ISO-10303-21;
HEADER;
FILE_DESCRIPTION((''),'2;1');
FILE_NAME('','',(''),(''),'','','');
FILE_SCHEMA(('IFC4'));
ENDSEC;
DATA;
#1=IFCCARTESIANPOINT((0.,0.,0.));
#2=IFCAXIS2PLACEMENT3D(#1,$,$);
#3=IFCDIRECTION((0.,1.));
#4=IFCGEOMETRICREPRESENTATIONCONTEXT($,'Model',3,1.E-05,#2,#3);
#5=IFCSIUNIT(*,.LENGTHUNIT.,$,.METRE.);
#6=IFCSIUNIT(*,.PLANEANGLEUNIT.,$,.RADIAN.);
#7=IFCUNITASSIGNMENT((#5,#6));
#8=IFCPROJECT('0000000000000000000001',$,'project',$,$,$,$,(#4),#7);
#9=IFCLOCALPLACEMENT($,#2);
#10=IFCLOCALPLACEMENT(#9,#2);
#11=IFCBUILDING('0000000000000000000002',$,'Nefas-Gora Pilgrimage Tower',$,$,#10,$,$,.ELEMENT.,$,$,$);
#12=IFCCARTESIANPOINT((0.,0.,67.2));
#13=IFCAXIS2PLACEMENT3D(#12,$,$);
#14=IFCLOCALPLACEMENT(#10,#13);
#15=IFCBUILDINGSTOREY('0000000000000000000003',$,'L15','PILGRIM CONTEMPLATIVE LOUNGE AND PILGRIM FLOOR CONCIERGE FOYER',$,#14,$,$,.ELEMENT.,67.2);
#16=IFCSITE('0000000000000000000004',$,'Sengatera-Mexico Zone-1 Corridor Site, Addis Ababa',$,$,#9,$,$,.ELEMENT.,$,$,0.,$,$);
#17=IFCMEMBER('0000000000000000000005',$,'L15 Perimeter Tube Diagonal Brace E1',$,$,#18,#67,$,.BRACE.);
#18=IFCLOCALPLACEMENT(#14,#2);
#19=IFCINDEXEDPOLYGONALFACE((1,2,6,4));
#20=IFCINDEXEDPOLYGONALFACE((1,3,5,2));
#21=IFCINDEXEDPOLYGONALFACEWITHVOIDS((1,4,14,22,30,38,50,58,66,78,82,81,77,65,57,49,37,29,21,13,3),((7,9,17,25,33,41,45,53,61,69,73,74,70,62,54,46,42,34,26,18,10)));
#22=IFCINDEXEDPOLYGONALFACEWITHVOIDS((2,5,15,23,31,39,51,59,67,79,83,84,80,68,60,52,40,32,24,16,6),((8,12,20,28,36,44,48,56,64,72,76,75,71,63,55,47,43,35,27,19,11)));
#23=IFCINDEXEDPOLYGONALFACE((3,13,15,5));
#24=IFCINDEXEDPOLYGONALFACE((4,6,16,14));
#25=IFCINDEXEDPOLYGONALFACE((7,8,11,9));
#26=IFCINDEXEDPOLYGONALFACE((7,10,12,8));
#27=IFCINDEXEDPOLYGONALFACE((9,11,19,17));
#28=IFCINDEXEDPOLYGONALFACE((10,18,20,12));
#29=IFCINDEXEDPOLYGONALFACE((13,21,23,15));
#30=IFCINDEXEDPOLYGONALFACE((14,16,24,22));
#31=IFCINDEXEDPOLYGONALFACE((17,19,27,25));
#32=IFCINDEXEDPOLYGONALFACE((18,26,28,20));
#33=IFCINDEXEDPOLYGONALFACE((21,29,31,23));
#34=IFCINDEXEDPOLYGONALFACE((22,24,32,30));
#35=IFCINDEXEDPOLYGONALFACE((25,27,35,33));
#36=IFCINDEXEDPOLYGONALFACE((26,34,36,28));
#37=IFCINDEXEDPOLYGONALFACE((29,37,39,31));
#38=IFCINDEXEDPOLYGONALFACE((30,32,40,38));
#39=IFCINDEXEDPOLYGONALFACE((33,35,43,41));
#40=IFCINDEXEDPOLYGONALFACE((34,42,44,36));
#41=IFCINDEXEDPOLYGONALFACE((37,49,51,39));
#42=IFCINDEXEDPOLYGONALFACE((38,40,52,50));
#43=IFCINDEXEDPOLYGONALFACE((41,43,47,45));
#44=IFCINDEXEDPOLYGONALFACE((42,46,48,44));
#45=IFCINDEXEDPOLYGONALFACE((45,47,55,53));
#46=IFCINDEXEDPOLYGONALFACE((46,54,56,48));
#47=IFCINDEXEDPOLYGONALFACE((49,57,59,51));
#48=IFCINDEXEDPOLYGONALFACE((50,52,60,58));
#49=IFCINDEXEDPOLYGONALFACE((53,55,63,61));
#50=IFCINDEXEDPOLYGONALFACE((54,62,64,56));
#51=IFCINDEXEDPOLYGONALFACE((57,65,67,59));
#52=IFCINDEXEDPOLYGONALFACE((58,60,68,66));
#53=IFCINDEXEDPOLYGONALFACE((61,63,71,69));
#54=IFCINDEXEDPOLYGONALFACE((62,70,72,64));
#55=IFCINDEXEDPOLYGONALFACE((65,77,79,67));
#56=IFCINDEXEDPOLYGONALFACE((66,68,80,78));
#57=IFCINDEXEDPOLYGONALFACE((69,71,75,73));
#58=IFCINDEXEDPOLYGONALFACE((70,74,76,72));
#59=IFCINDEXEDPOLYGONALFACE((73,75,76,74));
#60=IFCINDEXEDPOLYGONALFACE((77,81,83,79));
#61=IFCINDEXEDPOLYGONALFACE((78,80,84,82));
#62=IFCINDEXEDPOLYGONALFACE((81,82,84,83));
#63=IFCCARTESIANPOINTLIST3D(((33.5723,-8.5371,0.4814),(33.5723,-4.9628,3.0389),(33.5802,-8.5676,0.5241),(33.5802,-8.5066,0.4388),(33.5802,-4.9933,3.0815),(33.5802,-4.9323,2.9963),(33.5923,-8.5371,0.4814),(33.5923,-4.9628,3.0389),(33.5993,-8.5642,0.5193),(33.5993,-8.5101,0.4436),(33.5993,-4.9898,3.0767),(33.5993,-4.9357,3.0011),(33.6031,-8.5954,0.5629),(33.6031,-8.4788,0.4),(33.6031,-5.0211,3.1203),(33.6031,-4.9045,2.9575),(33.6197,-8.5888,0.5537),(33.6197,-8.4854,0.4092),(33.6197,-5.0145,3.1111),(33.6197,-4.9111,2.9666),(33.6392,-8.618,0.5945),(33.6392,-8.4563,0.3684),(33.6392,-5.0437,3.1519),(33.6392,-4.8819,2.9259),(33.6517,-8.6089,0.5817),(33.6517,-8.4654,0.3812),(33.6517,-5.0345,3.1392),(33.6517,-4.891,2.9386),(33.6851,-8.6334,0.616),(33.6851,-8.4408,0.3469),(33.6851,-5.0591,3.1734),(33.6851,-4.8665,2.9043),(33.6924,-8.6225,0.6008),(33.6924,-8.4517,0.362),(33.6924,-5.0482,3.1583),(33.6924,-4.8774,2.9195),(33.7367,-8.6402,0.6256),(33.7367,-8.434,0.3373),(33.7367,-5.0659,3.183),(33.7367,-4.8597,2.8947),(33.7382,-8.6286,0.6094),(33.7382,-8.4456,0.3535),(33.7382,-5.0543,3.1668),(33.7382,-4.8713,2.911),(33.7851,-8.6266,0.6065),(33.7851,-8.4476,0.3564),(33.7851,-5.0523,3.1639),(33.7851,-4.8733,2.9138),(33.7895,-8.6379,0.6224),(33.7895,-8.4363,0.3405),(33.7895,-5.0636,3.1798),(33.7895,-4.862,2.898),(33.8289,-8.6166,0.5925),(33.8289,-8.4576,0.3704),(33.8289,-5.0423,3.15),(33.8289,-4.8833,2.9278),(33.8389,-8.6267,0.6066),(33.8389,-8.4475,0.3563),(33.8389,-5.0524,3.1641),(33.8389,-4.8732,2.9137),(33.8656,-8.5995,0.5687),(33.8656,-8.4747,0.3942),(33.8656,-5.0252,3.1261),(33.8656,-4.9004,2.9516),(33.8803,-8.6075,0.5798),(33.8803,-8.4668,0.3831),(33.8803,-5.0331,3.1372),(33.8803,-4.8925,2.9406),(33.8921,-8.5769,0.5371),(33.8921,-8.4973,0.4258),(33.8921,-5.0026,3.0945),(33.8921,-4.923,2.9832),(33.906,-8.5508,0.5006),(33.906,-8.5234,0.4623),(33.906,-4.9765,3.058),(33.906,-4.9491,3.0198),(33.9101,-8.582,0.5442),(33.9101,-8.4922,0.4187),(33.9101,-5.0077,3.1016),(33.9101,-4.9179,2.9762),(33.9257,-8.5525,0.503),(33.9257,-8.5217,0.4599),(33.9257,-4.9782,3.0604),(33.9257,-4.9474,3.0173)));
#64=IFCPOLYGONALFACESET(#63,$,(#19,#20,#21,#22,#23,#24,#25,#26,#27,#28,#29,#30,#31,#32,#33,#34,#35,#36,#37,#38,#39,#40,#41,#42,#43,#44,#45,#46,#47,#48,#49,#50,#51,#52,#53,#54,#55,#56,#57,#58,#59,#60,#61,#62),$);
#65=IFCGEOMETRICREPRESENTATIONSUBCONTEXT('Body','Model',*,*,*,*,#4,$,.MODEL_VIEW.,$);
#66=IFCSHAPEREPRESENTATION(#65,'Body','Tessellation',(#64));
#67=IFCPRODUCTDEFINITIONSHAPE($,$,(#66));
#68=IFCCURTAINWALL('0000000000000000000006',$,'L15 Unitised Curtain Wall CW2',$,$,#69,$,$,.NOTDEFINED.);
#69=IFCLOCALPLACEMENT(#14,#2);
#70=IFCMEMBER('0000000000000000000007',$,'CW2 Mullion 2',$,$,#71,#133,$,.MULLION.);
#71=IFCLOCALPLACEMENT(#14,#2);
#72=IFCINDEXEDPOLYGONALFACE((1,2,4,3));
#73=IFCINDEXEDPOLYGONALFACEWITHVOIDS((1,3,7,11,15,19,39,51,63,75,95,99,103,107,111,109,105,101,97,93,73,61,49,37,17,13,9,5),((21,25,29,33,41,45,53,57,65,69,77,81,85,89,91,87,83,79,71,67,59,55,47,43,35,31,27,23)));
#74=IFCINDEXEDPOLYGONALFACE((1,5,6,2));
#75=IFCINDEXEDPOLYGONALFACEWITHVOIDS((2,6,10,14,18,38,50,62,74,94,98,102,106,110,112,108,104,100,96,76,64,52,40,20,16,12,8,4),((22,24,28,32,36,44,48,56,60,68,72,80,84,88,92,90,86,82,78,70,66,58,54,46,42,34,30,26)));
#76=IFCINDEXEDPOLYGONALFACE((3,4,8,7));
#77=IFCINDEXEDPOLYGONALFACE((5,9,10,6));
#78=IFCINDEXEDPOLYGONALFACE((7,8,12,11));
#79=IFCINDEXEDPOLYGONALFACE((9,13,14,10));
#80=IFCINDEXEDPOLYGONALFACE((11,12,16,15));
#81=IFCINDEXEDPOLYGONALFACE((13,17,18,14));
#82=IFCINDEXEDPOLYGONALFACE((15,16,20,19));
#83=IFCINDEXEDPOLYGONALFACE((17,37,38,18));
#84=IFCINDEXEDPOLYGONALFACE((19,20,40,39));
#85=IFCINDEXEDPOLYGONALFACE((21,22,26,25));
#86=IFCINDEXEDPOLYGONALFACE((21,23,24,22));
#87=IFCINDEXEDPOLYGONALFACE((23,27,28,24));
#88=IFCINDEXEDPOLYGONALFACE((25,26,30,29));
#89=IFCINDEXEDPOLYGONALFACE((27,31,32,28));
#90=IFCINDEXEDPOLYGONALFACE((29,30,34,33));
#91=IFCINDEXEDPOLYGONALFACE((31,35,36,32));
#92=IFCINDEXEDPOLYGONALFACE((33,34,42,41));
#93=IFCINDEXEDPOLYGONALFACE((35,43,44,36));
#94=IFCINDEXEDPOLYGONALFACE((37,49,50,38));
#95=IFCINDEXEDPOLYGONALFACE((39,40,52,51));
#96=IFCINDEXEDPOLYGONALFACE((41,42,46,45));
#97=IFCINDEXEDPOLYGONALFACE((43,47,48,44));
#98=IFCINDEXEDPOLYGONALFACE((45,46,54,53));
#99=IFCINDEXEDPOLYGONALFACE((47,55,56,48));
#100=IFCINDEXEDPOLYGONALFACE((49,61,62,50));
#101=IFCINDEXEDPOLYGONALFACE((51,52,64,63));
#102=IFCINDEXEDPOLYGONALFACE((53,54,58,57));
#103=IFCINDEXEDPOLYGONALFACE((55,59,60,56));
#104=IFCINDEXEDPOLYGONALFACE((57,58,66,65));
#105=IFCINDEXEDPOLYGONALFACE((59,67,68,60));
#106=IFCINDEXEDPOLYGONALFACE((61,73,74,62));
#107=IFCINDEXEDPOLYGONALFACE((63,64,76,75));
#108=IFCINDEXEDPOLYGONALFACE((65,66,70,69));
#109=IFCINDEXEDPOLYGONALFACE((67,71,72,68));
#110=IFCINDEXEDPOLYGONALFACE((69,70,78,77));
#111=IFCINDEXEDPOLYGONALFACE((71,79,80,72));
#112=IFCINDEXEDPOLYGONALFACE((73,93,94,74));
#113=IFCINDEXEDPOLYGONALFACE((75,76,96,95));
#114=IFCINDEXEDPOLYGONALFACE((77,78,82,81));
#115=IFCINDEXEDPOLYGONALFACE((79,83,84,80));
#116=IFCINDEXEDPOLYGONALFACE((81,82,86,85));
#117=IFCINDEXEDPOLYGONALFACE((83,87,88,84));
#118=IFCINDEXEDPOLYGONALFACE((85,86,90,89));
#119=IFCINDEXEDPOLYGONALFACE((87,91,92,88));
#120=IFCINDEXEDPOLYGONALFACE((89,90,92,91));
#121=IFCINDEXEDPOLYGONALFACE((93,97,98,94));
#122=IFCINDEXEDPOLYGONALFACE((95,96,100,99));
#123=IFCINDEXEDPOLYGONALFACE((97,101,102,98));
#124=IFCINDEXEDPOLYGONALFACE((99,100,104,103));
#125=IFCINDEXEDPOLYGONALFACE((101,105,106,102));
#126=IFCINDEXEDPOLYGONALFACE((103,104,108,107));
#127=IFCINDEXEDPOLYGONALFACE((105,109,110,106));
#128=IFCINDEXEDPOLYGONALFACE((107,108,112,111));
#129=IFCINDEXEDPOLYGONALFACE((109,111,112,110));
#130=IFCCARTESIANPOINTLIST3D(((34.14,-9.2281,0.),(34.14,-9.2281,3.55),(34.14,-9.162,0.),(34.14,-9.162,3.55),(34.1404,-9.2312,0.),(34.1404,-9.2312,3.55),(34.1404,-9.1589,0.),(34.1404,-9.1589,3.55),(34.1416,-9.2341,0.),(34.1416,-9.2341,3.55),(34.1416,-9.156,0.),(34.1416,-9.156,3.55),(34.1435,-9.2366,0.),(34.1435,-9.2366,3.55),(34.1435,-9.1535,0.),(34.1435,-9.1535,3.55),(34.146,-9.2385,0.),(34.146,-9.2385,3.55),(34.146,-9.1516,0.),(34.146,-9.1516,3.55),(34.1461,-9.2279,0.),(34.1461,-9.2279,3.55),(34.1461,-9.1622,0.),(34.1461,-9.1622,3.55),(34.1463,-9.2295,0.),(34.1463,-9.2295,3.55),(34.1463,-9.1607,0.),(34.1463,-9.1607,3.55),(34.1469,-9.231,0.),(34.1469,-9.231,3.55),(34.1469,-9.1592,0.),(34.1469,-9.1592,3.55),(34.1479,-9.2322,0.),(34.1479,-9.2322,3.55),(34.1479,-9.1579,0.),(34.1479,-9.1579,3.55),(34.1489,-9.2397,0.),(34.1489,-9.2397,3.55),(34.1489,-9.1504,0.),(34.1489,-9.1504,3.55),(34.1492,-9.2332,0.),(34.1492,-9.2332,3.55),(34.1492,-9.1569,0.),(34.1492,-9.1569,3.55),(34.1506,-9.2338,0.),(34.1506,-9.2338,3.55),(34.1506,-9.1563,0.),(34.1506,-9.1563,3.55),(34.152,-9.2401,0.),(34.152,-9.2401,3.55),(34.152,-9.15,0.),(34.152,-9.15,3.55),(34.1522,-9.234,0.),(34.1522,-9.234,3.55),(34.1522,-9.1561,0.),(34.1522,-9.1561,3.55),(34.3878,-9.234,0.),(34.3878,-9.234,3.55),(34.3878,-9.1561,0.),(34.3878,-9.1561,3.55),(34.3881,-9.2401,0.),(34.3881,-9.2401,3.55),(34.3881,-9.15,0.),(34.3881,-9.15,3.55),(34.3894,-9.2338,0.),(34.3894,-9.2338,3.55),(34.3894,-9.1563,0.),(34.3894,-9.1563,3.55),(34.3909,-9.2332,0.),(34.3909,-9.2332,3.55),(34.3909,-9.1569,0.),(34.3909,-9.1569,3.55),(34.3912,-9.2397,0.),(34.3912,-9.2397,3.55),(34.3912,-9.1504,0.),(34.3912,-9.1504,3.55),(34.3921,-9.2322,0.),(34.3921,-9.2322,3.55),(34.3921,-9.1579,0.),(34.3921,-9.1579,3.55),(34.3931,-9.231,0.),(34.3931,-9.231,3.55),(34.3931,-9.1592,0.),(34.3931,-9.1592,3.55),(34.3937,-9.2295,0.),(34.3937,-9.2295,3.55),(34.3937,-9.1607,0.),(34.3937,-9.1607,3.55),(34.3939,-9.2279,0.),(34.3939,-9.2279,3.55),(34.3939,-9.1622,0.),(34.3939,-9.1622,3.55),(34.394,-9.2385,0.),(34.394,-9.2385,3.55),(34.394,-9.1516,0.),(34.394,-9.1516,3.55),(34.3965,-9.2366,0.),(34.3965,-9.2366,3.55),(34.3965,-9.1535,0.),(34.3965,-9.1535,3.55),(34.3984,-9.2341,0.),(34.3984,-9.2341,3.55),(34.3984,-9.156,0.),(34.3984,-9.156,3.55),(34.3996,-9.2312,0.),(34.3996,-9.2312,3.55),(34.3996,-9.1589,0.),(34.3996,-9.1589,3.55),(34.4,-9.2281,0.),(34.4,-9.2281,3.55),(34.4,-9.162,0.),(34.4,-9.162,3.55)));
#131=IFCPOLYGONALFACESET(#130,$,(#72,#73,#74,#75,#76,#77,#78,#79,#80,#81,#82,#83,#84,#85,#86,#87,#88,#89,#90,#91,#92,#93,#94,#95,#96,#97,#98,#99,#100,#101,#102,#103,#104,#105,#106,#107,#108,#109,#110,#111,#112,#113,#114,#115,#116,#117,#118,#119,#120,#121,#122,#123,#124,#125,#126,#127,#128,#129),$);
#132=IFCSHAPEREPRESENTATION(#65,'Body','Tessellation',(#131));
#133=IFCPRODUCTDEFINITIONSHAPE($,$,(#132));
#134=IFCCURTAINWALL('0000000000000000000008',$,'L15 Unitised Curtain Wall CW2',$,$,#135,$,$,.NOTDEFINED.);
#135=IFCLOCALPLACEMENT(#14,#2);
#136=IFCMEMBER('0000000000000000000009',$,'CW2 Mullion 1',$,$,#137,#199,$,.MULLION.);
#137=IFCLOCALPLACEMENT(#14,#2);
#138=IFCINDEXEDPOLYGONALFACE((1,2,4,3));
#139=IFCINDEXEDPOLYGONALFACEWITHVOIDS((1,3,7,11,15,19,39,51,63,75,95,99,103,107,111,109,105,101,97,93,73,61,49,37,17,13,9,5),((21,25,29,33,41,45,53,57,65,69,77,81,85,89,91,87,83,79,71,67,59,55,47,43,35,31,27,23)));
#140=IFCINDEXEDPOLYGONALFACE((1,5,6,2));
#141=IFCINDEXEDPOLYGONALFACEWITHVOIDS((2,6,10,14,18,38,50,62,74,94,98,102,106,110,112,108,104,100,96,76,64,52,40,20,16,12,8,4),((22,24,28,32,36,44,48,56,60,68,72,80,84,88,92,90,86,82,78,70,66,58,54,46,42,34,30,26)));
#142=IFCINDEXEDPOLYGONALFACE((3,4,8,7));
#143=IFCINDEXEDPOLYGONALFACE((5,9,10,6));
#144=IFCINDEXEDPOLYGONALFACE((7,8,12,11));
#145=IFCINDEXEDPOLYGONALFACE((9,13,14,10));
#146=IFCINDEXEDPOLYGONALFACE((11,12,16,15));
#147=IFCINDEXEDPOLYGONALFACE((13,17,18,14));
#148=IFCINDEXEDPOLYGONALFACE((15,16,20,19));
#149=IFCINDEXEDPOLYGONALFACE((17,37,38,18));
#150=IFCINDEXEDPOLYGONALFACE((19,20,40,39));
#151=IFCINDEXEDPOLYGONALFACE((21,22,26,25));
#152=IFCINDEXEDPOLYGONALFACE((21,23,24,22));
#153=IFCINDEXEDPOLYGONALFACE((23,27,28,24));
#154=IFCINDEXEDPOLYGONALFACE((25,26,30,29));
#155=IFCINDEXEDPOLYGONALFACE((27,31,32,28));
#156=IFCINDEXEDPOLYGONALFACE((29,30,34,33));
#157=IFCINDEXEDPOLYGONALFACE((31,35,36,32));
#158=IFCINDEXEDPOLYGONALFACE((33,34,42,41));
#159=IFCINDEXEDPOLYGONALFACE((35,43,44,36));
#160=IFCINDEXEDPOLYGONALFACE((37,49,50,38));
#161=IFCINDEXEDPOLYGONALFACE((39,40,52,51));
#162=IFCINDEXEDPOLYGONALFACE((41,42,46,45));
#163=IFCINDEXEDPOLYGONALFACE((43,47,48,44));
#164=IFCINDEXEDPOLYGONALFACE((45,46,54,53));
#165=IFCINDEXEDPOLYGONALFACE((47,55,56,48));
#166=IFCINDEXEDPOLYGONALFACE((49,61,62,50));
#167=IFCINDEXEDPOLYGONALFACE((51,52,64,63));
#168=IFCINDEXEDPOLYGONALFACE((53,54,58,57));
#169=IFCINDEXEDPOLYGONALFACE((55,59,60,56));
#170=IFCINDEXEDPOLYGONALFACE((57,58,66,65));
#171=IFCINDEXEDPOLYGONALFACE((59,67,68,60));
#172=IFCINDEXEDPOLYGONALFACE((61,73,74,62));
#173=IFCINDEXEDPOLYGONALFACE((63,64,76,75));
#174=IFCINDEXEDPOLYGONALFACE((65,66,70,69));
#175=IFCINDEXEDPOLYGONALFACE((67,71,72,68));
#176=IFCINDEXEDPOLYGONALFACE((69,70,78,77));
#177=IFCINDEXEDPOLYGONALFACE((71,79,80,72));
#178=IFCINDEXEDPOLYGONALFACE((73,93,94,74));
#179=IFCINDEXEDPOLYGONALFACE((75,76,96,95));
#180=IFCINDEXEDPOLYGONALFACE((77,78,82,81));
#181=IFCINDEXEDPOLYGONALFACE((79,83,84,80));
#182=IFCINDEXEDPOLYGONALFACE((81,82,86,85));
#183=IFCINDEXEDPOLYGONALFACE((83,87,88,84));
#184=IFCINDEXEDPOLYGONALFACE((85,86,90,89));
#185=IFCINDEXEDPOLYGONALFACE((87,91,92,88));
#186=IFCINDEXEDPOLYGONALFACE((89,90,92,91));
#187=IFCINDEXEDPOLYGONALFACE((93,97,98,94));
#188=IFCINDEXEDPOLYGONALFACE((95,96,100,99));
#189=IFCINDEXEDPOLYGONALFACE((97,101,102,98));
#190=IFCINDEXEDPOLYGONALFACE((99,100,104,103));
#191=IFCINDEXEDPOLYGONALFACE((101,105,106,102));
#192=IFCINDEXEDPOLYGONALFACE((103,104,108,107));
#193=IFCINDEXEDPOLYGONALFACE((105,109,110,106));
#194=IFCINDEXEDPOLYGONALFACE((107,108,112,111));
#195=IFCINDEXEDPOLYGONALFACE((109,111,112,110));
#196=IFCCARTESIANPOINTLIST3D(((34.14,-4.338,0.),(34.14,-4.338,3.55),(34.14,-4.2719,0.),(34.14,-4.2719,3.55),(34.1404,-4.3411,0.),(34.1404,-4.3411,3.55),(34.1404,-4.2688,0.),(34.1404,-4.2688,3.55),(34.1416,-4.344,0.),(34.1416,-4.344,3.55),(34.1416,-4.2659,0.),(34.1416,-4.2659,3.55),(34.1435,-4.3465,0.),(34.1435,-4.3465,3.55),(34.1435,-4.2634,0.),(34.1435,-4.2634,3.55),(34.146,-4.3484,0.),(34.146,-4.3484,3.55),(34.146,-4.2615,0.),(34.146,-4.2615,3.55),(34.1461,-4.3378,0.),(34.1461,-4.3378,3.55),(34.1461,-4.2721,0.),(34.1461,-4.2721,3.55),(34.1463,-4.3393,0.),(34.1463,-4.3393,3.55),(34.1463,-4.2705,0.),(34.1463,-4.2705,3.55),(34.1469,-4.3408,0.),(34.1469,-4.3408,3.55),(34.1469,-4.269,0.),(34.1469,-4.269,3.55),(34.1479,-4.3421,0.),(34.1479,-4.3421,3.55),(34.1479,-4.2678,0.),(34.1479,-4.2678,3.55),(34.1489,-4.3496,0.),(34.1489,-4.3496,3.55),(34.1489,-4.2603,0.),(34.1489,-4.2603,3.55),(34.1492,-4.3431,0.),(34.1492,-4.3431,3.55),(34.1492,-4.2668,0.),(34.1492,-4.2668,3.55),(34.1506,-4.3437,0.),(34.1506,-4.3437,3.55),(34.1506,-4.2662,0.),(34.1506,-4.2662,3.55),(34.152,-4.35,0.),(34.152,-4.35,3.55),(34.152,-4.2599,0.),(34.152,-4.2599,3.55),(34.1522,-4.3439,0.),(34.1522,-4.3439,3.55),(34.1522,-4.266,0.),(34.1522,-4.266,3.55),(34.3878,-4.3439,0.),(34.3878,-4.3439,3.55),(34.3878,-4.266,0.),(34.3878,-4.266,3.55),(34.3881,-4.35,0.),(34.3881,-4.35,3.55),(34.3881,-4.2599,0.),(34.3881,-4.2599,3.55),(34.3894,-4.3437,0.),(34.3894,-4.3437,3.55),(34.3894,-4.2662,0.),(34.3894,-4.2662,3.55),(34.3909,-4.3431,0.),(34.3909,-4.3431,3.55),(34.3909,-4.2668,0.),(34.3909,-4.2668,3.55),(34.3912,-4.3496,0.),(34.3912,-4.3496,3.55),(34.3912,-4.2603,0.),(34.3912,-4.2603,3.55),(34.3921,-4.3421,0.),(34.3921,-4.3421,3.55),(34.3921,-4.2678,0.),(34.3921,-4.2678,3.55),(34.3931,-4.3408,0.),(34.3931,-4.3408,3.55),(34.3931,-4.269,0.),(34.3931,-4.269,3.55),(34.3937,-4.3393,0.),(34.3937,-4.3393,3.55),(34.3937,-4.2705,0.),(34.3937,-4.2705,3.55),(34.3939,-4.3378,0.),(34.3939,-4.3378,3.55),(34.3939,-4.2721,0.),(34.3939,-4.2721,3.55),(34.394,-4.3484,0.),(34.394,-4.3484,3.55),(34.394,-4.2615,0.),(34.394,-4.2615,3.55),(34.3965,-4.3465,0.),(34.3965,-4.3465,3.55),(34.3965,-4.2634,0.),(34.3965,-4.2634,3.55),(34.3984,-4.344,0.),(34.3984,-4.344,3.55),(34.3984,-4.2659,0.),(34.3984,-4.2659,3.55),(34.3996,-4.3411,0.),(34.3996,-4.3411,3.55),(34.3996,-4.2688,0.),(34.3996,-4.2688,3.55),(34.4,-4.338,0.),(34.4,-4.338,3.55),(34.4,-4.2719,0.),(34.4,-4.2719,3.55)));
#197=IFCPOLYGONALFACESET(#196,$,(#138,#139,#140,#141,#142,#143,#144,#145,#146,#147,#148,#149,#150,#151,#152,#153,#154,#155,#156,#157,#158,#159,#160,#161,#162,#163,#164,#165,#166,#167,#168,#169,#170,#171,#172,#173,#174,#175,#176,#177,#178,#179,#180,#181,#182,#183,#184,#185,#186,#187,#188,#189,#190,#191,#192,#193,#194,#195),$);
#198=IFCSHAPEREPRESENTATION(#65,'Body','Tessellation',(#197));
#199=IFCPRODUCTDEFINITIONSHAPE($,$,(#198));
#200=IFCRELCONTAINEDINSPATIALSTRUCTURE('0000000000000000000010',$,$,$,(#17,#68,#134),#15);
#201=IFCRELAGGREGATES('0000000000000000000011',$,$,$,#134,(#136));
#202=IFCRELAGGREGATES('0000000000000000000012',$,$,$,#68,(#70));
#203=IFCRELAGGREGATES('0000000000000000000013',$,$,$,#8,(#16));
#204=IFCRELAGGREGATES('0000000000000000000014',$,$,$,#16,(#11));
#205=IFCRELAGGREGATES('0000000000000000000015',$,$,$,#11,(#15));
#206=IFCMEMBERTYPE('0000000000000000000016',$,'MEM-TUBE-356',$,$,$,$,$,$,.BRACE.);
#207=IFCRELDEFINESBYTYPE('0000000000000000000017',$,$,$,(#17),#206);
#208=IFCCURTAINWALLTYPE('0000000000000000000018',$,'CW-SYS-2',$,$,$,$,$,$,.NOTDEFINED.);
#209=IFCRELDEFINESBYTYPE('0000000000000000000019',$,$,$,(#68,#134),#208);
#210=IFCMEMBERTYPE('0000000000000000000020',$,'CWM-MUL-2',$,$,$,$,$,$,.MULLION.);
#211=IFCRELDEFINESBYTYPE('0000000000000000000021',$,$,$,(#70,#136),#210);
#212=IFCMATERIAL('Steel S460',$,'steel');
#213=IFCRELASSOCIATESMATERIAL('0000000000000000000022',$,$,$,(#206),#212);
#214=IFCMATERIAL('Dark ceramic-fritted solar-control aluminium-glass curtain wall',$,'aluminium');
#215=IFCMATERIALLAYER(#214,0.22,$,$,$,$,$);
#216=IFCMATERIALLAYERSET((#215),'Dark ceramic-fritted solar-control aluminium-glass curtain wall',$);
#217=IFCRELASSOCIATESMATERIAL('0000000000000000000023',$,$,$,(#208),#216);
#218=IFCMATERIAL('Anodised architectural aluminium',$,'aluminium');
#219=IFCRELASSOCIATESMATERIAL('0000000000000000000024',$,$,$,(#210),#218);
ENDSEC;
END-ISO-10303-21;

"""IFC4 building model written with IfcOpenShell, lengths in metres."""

from ifc_helpers import new_model, si_unit, direction, frame, origin, origin_2d, place, context, subcontext, project, spatial, hollow_rectangle, hollow_circle, extrude, source, transform, mapped, material, layer, layer_set, material_profile, profile_set, type_object, element, aggregate, save


model = new_model("IFC4")

# Units and contexts
model_context = context("Model", 3, precision=1e-05, world=origin(), true_north=direction((0.0, 1.0)))
body_context = subcontext(model_context, "Body", "Model", "MODEL_VIEW")
ifc_project = project(units=[si_unit("LENGTHUNIT", "METRE"), si_unit("PLANEANGLEUNIT", "RADIAN")], contexts=[model_context])

# Site, building, storey
site_placement = place(None, origin())
site = spatial("IfcSite", under=ifc_project, at=site_placement, Name="Sengatera-Mexico Zone-1 Corridor Site, Addis Ababa", CompositionType="ELEMENT", RefElevation=0.0)
building_placement = place(site_placement, origin())
building = spatial("IfcBuilding", under=site, at=building_placement, Name="Nefas-Gora Pilgrimage Tower", CompositionType="ELEMENT")
storey_placement = place(building_placement, frame((0.0, 0.0, 67.2)))
storey = spatial("IfcBuildingStorey", under=building, at=storey_placement, Name="L15", Description="PILGRIM CONTEMPLATIVE LOUNGE AND PILGRIM FLOOR CONCIERGE FOYER", CompositionType="ELEMENT", Elevation=67.2)

# Shared definitions
ifc_material_1 = material(Name="Steel S460", Category="steel")

# Member
ifc_material_profile_1 = material_profile(ifc_material_1, hollow_circle(Radius=0.1777, WallThickness=0.02, at=origin_2d()), Name="CHS 355.6x20")
ifc_profile_set_1 = profile_set([ifc_material_profile_1], Name="Steel S460")
member_type_1 = type_object("IfcMemberType", Name="MEM-TUBE-356", PredefinedType="BRACE", material=ifc_profile_set_1)
shared_shape_1 = source(origin(), body_context, "Body", "SweptSolid", [
    extrude(hollow_circle(Radius=0.1777, WallThickness=0.02, at=origin_2d()), origin(), (0.0, 0.0, 1.0), 4.395),
])
member_1_placement = place(storey_placement, frame((33.75, -8.5371, 0.4814), z_axis=(0.0, 0.813264, 0.581895), x_axis=(-1.0, 0.0, 0.0)))
element("IfcMember", 1, at=member_1_placement, inside=storey, type_object=member_type_1, Name="L15 Perimeter Tube Diagonal Brace E1", PredefinedType="BRACE", context=body_context, shape_type="MappedRepresentation", body=[
    mapped(shared_shape_1, transform((0.0, 0.0, 0.0), x_axis=(1.0, 0.0, 0.0), y_axis=(0.0, 1.0, 0.0), z_axis=(0.0, 0.0, 1.0), scale=1.0)),
])

# Curtain wall, member
ifc_material_2 = material(Name="Dark ceramic-fritted solar-control aluminium-glass curtain wall", Category="aluminium")
ifc_layer_1 = layer(ifc_material_2, 0.22)
ifc_layer_set_1 = layer_set([ifc_layer_1], Name="Dark ceramic-fritted solar-control aluminium-glass curtain wall")
curtain_wall_type = type_object("IfcCurtainWallType", Name="CW-SYS-2", PredefinedType="NOTDEFINED", material=ifc_layer_set_1)
curtain_wall_1_placement = place(storey_placement, origin())
curtain_wall_1 = element("IfcCurtainWall", 2, at=curtain_wall_1_placement, inside=storey, type_object=curtain_wall_type, Name="L15 Unitised Curtain Wall CW2", PredefinedType="NOTDEFINED")
ifc_material_3 = material(Name="Anodised architectural aluminium", Category="aluminium")
ifc_material_profile_2 = material_profile(ifc_material_3, hollow_rectangle(XDim=0.0901, YDim=0.26, WallThickness=0.0061, InnerFilletRadius=0.0061, OuterFilletRadius=0.012, at=origin_2d()), Name="ALU MULLION 90x260")
ifc_profile_set_2 = profile_set([ifc_material_profile_2], Name="Anodised architectural aluminium")
member_type_2 = type_object("IfcMemberType", Name="CWM-MUL-2", PredefinedType="MULLION", material=ifc_profile_set_2)
shared_shape_2 = source(origin(), body_context, "Body", "SweptSolid", [
    extrude(hollow_rectangle(XDim=0.0901, YDim=0.26, WallThickness=0.0061, InnerFilletRadius=0.0061, OuterFilletRadius=0.012, at=origin_2d()), origin(), (0.0, 0.0, 1.0), 3.55),
])
member_2_placement = place(storey_placement, frame((34.27, -9.1951, 0.0), z_axis=(0.0, 0.0, 1.0), x_axis=(0.0, 1.0, 0.0)))
member_2 = element("IfcMember", 3, at=member_2_placement, type_object=member_type_2, Name="CW2 Mullion 2", PredefinedType="MULLION", context=body_context, shape_type="MappedRepresentation", body=[
    mapped(shared_shape_2, transform((0.0, 0.0, 0.0), x_axis=(1.0, 0.0, 0.0), y_axis=(0.0, 1.0, 0.0), z_axis=(0.0, 0.0, 1.0), scale=1.0)),
])

# Curtain wall, member
curtain_wall_2_placement = place(storey_placement, origin())
curtain_wall_2 = element("IfcCurtainWall", 4, at=curtain_wall_2_placement, inside=storey, type_object=curtain_wall_type, Name="L15 Unitised Curtain Wall CW2", PredefinedType="NOTDEFINED")
member_3_placement = place(storey_placement, frame((34.27, -4.3049, 0.0), z_axis=(0.0, 0.0, 1.0), x_axis=(0.0, 1.0, 0.0)))
member_3 = element("IfcMember", 5, at=member_3_placement, type_object=member_type_2, Name="CW2 Mullion 1", PredefinedType="MULLION", context=body_context, shape_type="MappedRepresentation", body=[
    mapped(shared_shape_2, transform((0.0, 0.0, 0.0), x_axis=(1.0, 0.0, 0.0), y_axis=(0.0, 1.0, 0.0), z_axis=(0.0, 0.0, 1.0), scale=1.0)),
])
aggregate(curtain_wall_2, [member_3])

aggregate(curtain_wall_1, [member_2])

save(model, "model.ifc")
